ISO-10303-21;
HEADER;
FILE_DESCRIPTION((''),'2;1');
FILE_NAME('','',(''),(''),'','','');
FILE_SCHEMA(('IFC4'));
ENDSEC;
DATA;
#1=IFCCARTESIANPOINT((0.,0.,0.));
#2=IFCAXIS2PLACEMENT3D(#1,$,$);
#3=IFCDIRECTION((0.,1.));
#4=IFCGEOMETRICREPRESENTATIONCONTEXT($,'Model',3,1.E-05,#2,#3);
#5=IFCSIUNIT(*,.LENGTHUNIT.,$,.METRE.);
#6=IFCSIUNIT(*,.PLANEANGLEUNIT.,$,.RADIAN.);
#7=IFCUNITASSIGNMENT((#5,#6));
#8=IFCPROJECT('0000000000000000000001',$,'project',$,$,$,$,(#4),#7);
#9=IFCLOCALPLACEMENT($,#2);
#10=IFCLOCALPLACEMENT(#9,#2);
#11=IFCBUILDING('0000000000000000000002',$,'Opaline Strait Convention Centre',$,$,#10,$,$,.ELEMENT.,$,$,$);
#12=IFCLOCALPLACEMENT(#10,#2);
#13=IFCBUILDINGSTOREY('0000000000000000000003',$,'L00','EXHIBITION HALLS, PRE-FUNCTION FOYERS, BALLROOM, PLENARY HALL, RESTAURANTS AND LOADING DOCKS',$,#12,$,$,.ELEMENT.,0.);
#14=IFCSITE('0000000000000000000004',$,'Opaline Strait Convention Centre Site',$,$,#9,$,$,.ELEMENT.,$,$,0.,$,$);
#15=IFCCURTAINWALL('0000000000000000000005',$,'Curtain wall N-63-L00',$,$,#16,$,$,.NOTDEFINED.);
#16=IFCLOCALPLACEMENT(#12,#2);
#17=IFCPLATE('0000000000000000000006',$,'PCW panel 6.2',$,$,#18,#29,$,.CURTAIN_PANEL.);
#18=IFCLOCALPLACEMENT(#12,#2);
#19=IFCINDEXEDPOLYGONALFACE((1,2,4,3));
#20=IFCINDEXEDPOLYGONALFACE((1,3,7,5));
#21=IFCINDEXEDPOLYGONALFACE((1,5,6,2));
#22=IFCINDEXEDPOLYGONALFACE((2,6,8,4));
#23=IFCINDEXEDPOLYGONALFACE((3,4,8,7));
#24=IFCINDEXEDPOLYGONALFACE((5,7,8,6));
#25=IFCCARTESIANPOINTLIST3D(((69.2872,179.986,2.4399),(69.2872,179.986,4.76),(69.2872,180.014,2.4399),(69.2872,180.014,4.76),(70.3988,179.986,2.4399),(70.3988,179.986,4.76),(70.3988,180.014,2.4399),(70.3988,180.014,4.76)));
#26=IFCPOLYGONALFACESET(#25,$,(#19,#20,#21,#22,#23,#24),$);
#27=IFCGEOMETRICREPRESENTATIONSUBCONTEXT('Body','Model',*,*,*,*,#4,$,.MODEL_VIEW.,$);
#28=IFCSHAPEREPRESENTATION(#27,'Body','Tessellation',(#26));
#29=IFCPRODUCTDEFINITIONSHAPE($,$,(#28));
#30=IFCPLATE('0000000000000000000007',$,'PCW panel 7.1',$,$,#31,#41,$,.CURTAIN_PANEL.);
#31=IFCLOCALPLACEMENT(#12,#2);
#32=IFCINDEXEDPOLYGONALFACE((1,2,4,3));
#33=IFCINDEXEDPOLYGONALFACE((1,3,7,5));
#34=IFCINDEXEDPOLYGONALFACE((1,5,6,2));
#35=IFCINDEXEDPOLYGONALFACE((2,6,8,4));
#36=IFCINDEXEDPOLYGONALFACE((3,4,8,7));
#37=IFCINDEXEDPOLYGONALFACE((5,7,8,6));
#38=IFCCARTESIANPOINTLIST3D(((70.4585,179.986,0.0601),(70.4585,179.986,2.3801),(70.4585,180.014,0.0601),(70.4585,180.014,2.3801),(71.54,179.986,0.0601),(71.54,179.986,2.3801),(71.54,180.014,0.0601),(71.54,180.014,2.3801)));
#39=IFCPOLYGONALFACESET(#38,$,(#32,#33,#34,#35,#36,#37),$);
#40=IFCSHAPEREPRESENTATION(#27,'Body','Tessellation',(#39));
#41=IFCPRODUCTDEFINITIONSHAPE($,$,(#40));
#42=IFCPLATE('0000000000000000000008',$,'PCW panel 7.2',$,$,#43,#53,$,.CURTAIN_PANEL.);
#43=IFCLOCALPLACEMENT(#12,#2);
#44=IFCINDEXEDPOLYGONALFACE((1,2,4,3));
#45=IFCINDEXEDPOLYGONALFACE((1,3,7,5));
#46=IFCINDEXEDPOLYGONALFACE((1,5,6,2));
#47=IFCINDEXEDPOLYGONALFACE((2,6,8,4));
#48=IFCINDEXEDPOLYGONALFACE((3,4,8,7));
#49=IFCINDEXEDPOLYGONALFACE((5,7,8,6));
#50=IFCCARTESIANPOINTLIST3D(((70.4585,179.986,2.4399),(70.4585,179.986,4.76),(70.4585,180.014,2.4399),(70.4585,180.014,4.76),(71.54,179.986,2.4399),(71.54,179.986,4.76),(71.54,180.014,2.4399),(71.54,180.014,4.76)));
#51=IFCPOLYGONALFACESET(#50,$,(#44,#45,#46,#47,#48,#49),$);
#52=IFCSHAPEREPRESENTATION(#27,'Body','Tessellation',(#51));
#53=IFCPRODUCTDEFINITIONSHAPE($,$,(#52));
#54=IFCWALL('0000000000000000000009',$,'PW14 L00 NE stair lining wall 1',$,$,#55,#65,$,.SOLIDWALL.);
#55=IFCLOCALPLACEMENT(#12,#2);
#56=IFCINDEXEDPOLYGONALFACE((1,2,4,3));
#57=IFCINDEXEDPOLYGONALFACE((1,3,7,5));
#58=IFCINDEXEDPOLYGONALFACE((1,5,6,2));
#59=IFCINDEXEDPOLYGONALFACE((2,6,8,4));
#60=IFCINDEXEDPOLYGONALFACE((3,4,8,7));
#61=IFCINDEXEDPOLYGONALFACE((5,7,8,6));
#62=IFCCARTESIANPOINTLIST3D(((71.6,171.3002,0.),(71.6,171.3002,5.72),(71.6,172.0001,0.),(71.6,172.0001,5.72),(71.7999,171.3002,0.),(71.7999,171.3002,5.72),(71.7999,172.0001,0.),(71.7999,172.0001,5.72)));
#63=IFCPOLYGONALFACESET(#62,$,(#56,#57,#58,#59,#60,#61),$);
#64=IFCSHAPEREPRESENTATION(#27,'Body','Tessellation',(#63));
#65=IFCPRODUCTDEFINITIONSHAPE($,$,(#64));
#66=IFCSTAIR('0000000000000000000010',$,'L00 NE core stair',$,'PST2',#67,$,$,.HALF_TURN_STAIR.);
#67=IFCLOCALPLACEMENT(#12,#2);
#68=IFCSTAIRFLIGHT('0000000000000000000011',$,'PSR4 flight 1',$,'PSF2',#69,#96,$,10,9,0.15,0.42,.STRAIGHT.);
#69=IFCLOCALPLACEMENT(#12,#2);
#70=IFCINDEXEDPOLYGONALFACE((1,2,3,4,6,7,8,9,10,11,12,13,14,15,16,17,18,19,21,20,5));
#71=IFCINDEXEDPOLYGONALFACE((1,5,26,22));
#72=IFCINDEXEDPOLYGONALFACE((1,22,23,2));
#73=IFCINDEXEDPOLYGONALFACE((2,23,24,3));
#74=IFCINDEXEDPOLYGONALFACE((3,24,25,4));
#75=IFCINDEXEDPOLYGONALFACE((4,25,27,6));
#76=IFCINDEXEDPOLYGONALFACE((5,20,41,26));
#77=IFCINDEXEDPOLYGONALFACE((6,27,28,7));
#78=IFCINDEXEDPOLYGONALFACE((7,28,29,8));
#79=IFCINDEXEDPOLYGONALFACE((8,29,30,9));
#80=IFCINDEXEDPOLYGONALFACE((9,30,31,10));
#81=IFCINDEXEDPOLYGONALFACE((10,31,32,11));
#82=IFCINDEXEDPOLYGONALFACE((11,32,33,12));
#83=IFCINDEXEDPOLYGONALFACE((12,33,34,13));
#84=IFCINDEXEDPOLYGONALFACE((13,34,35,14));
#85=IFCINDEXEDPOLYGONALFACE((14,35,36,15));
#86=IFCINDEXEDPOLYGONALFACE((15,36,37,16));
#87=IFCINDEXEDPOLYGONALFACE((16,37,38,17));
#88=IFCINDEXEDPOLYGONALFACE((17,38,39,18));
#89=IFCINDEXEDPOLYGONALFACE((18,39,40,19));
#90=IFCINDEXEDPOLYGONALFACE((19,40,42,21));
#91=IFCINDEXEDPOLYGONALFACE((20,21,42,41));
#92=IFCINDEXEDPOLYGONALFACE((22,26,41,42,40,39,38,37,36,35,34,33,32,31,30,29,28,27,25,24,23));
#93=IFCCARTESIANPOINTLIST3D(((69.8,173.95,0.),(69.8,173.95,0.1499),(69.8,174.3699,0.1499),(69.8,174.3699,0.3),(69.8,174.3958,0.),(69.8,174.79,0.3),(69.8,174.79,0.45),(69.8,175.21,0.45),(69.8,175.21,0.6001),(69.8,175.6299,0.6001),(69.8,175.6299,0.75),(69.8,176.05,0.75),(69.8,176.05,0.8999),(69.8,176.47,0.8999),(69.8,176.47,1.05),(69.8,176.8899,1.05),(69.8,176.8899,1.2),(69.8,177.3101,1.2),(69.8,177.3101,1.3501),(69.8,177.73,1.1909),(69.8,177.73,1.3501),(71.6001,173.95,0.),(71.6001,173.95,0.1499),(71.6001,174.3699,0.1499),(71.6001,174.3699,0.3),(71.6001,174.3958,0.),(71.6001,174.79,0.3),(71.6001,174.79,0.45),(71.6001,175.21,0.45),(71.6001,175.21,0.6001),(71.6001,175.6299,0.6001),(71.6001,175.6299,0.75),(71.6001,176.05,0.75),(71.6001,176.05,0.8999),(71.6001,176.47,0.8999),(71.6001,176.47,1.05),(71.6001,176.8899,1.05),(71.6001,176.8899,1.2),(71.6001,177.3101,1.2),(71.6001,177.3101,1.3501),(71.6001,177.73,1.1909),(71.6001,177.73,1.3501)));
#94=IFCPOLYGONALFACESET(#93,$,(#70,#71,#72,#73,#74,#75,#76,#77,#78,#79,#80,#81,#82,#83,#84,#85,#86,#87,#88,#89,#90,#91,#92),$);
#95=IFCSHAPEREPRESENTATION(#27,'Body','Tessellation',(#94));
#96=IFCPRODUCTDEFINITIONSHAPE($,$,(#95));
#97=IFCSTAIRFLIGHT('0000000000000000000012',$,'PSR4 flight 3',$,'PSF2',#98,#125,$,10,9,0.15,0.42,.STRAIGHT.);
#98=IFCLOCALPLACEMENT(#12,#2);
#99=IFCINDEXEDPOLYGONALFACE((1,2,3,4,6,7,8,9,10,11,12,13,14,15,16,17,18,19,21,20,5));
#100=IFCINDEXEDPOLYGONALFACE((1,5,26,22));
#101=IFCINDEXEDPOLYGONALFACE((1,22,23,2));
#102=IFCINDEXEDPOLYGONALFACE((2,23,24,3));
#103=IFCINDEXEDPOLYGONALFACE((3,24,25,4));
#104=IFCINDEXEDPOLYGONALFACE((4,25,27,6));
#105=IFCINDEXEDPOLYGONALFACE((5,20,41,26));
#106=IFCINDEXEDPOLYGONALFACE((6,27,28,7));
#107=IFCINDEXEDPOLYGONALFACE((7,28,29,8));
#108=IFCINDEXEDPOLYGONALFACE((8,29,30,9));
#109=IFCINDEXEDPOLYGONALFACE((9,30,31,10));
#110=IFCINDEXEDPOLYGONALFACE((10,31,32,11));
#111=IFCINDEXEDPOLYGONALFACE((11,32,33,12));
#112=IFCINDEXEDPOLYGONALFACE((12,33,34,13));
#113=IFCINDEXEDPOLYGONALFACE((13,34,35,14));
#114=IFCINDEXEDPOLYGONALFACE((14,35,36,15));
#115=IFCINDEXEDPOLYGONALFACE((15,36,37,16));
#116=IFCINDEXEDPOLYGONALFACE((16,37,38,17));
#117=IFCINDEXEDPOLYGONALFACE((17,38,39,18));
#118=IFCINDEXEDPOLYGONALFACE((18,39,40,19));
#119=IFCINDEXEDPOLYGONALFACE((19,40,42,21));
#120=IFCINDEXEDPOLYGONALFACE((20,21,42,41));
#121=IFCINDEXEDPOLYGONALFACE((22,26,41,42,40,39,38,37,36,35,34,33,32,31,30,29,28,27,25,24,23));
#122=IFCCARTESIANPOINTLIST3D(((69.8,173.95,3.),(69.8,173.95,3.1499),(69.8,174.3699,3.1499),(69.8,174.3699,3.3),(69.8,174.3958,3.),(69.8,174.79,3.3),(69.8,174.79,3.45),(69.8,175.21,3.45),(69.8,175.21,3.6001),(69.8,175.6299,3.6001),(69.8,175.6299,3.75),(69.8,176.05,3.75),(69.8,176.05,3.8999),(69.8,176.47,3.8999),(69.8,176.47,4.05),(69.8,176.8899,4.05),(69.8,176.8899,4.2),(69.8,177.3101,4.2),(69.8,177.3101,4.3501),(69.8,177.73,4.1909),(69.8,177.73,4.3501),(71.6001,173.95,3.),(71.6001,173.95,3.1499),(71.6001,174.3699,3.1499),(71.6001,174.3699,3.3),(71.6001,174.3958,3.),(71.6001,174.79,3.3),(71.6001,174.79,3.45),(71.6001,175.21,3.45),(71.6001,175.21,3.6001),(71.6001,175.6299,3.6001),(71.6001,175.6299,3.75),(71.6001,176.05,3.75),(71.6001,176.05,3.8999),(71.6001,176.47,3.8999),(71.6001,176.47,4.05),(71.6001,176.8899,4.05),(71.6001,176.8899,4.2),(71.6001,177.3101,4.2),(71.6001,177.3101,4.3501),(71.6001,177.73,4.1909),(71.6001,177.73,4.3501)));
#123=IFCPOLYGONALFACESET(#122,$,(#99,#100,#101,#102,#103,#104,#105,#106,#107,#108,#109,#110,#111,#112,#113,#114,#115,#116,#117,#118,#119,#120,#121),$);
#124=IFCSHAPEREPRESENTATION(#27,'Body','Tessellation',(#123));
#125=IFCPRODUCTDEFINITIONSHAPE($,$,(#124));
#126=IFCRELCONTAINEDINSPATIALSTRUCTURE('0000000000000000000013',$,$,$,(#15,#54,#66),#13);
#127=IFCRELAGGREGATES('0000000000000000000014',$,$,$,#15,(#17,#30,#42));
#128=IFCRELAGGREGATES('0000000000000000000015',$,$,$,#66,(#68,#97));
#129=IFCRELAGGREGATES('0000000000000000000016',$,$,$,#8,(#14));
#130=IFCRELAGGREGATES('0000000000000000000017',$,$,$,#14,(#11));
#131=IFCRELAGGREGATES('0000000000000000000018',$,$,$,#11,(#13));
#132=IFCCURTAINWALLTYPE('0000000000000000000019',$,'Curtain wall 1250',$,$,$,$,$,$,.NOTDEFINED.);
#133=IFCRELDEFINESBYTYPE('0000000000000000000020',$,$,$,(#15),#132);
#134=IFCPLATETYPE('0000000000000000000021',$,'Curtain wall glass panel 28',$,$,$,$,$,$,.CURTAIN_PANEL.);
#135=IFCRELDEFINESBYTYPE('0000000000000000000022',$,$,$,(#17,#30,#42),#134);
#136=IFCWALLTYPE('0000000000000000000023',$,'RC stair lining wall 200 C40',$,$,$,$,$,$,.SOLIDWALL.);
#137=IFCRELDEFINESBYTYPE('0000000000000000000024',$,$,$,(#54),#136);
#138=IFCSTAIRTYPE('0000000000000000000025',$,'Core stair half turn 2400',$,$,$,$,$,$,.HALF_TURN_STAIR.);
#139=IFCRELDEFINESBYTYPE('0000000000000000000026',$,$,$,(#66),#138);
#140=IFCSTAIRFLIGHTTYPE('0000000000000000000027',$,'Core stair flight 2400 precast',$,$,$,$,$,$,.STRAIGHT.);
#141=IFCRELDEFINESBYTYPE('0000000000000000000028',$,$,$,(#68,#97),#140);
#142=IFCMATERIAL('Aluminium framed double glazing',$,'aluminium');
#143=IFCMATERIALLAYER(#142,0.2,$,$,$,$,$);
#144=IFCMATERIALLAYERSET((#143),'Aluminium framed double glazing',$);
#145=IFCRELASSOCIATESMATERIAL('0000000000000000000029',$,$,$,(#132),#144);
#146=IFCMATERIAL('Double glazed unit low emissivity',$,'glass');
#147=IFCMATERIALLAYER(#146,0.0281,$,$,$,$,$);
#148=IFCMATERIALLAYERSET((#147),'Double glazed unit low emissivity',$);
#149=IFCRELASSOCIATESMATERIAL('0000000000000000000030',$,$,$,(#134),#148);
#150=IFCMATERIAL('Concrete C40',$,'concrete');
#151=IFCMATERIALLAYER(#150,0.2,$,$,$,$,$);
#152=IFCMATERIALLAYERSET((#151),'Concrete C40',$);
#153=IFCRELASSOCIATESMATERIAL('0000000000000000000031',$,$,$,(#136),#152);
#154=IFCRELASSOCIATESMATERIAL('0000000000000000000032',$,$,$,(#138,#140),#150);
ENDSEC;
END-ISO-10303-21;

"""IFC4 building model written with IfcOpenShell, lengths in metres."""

from ifc_helpers import new_model, si_unit, direction, frame, frame_2d, origin, origin_2d, place, context, subcontext, project, spatial, polyline, rectangle, outline, extrude, material, layer, layer_set, type_object, element, aggregate, save


model = new_model("IFC4")

# Units and contexts
model_context = context("Model", 3, precision=1e-05, world=origin(), true_north=direction((0.0, 1.0)))
body_context = subcontext(model_context, "Body", "Model", "MODEL_VIEW")
ifc_project = project(units=[si_unit("LENGTHUNIT", "METRE"), si_unit("PLANEANGLEUNIT", "RADIAN")], contexts=[model_context])

# Site, building, storey
site_placement = place(None, origin())
site = spatial("IfcSite", under=ifc_project, at=site_placement, Name="Opaline Strait Convention Centre Site", CompositionType="ELEMENT", RefElevation=0.0)
building_placement = place(site_placement, origin())
building = spatial("IfcBuilding", under=site, at=building_placement, Name="Opaline Strait Convention Centre", CompositionType="ELEMENT")
storey_placement = place(building_placement, origin())
storey = spatial("IfcBuildingStorey", under=building, at=storey_placement, Name="L00", Description="EXHIBITION HALLS, PRE-FUNCTION FOYERS, BALLROOM, PLENARY HALL, RESTAURANTS AND LOADING DOCKS", CompositionType="ELEMENT", Elevation=0.0)

# Curtain wall, plates
ifc_material_1 = material(Name="Aluminium framed double glazing", Category="aluminium")
ifc_layer_1 = layer(ifc_material_1, 0.2)
ifc_layer_set_1 = layer_set([ifc_layer_1], Name="Aluminium framed double glazing")
curtain_wall_type = type_object("IfcCurtainWallType", Name="Curtain wall 1250", PredefinedType="NOTDEFINED", material=ifc_layer_set_1)
curtain_wall_placement = place(storey_placement, origin())
curtain_wall = element("IfcCurtainWall", 1, at=curtain_wall_placement, inside=storey, type_object=curtain_wall_type, Name="Curtain wall N-63-L00", PredefinedType="NOTDEFINED")
ifc_material_2 = material(Name="Double glazed unit low emissivity", Category="glass")
ifc_layer_2 = layer(ifc_material_2, 0.0281)
ifc_layer_set_2 = layer_set([ifc_layer_2], Name="Double glazed unit low emissivity")
plate_type = type_object("IfcPlateType", Name="Curtain wall glass panel 28", PredefinedType="CURTAIN_PANEL", material=ifc_layer_set_2)
plate_1_placement = place(storey_placement, frame((69.843, 180.0, 2.4399), z_axis=(0.0, 0.0, 1.0), x_axis=(1.0, 0.0, 0.0)))
plate_1 = element("IfcPlate", 2, at=plate_1_placement, type_object=plate_type, Name="PCW panel 6.2", PredefinedType="CURTAIN_PANEL", context=body_context, shape_type="SweptSolid", body=[
    extrude(rectangle(XDim=1.1116, YDim=0.0281, at=origin_2d()), origin(), (0.0, 0.0, 1.0), 2.3201),
])
plate_2_placement = place(storey_placement, frame((70.9993, 180.0, 0.0601), z_axis=(0.0, 0.0, 1.0), x_axis=(1.0, 0.0, 0.0)))
plate_2 = element("IfcPlate", 3, at=plate_2_placement, type_object=plate_type, Name="PCW panel 7.1", PredefinedType="CURTAIN_PANEL", context=body_context, shape_type="SweptSolid", body=[
    extrude(rectangle(XDim=1.0815, YDim=0.0281, at=origin_2d()), origin(), (0.0, 0.0, 1.0), 2.3201),
])
plate_3_placement = place(storey_placement, frame((70.9993, 180.0, 2.4399), z_axis=(0.0, 0.0, 1.0), x_axis=(1.0, 0.0, 0.0)))
plate_3 = element("IfcPlate", 4, at=plate_3_placement, type_object=plate_type, Name="PCW panel 7.2", PredefinedType="CURTAIN_PANEL", context=body_context, shape_type="SweptSolid", body=[
    extrude(rectangle(XDim=1.0815, YDim=0.0281, at=origin_2d()), origin(), (0.0, 0.0, 1.0), 2.3201),
])
aggregate(curtain_wall, [plate_1, plate_2, plate_3])

# Wall
ifc_material_3 = material(Name="Concrete C40", Category="concrete")
ifc_layer_3 = layer(ifc_material_3, 0.2)
ifc_layer_set_3 = layer_set([ifc_layer_3], Name="Concrete C40")
wall_type = type_object("IfcWallType", Name="RC stair lining wall 200 C40", PredefinedType="SOLIDWALL", material=ifc_layer_set_3)
wall_placement = place(storey_placement, frame((71.7, 171.3, 0.0), z_axis=(0.0, 0.0, 1.0), x_axis=(0.0, 1.0, 0.0)))
element("IfcWall", 5, at=wall_placement, inside=storey, type_object=wall_type, Name="PW14 L00 NE stair lining wall 1", PredefinedType="SOLIDWALL", context=body_context, shape_type="SweptSolid", body=[
    extrude(rectangle(XDim=0.7, YDim=0.2, at=frame_2d((0.3501, 0.0))), origin(), (0.0, 0.0, 1.0), 5.72),
])

# Stair, stair flights
stair_type = type_object("IfcStairType", Name="Core stair half turn 2400", PredefinedType="HALF_TURN_STAIR", material=ifc_material_3)
stair_placement = place(storey_placement, origin())
stair = element("IfcStair", 6, at=stair_placement, inside=storey, type_object=stair_type, Name="L00 NE core stair", ObjectType="PST2", PredefinedType="HALF_TURN_STAIR")
stair_flight_type = type_object("IfcStairFlightType", Name="Core stair flight 2400 precast", PredefinedType="STRAIGHT", material=ifc_material_3)
stair_flight_1_placement = place(storey_placement, frame((70.7, 173.95, 0.0), z_axis=(0.0, 0.0, 1.0), x_axis=(0.0, 1.0, 0.0)))
stair_flight_1 = element("IfcStairFlight", 7, at=stair_flight_1_placement, type_object=stair_flight_type, Name="PSR4 flight 1", ObjectType="PSF2", NumberOfRisers=10, NumberOfTreads=9, PredefinedType="STRAIGHT", RiserHeight=0.15, TreadLength=0.42, context=body_context, shape_type="SweptSolid", body=[
    extrude(outline(polyline([(0.0, 0.0), (0.0, 0.1499), (0.4199, 0.1499), (0.4199, 0.3), (0.8401, 0.3), (0.8401, 0.45), (1.26, 0.45), (1.26, 0.6001), (1.6799, 0.6001), (1.6799, 0.75), (2.1001, 0.75), (2.1001, 0.8999), (2.52, 0.8999), (2.52, 1.05), (2.9399, 1.05), (2.9399, 1.2), (3.3601, 1.2), (3.3601, 1.3501), (3.78, 1.3501), (3.78, 1.5), (3.78, 1.1909), (0.4458, 0.0), (0.0, 0.0)])), frame((0.0, 0.8999, 0.0), z_axis=(0.0, -1.0, 0.0), x_axis=(1.0, 0.0, 0.0)), (0.0, 0.0, 1.0), 1.8),
])
stair_flight_2_placement = place(storey_placement, frame((70.7, 173.95, 3.0), z_axis=(0.0, 0.0, 1.0), x_axis=(0.0, 1.0, 0.0)))
stair_flight_2 = element("IfcStairFlight", 8, at=stair_flight_2_placement, type_object=stair_flight_type, Name="PSR4 flight 3", ObjectType="PSF2", NumberOfRisers=10, NumberOfTreads=9, PredefinedType="STRAIGHT", RiserHeight=0.15, TreadLength=0.42, context=body_context, shape_type="SweptSolid", body=[
    extrude(outline(polyline([(0.0, 0.0), (0.0, 0.1499), (0.4199, 0.1499), (0.4199, 0.3), (0.8401, 0.3), (0.8401, 0.45), (1.26, 0.45), (1.26, 0.6001), (1.6799, 0.6001), (1.6799, 0.75), (2.1001, 0.75), (2.1001, 0.8999), (2.52, 0.8999), (2.52, 1.05), (2.9399, 1.05), (2.9399, 1.2), (3.3601, 1.2), (3.3601, 1.3501), (3.78, 1.3501), (3.78, 1.5), (3.78, 1.1909), (0.4458, 0.0), (0.0, 0.0)])), frame((0.0, 0.8999, 0.0), z_axis=(0.0, -1.0, 0.0), x_axis=(1.0, 0.0, 0.0)), (0.0, 0.0, 1.0), 1.8),
])
aggregate(stair, [stair_flight_1, stair_flight_2])

save(model, "model.ifc")
